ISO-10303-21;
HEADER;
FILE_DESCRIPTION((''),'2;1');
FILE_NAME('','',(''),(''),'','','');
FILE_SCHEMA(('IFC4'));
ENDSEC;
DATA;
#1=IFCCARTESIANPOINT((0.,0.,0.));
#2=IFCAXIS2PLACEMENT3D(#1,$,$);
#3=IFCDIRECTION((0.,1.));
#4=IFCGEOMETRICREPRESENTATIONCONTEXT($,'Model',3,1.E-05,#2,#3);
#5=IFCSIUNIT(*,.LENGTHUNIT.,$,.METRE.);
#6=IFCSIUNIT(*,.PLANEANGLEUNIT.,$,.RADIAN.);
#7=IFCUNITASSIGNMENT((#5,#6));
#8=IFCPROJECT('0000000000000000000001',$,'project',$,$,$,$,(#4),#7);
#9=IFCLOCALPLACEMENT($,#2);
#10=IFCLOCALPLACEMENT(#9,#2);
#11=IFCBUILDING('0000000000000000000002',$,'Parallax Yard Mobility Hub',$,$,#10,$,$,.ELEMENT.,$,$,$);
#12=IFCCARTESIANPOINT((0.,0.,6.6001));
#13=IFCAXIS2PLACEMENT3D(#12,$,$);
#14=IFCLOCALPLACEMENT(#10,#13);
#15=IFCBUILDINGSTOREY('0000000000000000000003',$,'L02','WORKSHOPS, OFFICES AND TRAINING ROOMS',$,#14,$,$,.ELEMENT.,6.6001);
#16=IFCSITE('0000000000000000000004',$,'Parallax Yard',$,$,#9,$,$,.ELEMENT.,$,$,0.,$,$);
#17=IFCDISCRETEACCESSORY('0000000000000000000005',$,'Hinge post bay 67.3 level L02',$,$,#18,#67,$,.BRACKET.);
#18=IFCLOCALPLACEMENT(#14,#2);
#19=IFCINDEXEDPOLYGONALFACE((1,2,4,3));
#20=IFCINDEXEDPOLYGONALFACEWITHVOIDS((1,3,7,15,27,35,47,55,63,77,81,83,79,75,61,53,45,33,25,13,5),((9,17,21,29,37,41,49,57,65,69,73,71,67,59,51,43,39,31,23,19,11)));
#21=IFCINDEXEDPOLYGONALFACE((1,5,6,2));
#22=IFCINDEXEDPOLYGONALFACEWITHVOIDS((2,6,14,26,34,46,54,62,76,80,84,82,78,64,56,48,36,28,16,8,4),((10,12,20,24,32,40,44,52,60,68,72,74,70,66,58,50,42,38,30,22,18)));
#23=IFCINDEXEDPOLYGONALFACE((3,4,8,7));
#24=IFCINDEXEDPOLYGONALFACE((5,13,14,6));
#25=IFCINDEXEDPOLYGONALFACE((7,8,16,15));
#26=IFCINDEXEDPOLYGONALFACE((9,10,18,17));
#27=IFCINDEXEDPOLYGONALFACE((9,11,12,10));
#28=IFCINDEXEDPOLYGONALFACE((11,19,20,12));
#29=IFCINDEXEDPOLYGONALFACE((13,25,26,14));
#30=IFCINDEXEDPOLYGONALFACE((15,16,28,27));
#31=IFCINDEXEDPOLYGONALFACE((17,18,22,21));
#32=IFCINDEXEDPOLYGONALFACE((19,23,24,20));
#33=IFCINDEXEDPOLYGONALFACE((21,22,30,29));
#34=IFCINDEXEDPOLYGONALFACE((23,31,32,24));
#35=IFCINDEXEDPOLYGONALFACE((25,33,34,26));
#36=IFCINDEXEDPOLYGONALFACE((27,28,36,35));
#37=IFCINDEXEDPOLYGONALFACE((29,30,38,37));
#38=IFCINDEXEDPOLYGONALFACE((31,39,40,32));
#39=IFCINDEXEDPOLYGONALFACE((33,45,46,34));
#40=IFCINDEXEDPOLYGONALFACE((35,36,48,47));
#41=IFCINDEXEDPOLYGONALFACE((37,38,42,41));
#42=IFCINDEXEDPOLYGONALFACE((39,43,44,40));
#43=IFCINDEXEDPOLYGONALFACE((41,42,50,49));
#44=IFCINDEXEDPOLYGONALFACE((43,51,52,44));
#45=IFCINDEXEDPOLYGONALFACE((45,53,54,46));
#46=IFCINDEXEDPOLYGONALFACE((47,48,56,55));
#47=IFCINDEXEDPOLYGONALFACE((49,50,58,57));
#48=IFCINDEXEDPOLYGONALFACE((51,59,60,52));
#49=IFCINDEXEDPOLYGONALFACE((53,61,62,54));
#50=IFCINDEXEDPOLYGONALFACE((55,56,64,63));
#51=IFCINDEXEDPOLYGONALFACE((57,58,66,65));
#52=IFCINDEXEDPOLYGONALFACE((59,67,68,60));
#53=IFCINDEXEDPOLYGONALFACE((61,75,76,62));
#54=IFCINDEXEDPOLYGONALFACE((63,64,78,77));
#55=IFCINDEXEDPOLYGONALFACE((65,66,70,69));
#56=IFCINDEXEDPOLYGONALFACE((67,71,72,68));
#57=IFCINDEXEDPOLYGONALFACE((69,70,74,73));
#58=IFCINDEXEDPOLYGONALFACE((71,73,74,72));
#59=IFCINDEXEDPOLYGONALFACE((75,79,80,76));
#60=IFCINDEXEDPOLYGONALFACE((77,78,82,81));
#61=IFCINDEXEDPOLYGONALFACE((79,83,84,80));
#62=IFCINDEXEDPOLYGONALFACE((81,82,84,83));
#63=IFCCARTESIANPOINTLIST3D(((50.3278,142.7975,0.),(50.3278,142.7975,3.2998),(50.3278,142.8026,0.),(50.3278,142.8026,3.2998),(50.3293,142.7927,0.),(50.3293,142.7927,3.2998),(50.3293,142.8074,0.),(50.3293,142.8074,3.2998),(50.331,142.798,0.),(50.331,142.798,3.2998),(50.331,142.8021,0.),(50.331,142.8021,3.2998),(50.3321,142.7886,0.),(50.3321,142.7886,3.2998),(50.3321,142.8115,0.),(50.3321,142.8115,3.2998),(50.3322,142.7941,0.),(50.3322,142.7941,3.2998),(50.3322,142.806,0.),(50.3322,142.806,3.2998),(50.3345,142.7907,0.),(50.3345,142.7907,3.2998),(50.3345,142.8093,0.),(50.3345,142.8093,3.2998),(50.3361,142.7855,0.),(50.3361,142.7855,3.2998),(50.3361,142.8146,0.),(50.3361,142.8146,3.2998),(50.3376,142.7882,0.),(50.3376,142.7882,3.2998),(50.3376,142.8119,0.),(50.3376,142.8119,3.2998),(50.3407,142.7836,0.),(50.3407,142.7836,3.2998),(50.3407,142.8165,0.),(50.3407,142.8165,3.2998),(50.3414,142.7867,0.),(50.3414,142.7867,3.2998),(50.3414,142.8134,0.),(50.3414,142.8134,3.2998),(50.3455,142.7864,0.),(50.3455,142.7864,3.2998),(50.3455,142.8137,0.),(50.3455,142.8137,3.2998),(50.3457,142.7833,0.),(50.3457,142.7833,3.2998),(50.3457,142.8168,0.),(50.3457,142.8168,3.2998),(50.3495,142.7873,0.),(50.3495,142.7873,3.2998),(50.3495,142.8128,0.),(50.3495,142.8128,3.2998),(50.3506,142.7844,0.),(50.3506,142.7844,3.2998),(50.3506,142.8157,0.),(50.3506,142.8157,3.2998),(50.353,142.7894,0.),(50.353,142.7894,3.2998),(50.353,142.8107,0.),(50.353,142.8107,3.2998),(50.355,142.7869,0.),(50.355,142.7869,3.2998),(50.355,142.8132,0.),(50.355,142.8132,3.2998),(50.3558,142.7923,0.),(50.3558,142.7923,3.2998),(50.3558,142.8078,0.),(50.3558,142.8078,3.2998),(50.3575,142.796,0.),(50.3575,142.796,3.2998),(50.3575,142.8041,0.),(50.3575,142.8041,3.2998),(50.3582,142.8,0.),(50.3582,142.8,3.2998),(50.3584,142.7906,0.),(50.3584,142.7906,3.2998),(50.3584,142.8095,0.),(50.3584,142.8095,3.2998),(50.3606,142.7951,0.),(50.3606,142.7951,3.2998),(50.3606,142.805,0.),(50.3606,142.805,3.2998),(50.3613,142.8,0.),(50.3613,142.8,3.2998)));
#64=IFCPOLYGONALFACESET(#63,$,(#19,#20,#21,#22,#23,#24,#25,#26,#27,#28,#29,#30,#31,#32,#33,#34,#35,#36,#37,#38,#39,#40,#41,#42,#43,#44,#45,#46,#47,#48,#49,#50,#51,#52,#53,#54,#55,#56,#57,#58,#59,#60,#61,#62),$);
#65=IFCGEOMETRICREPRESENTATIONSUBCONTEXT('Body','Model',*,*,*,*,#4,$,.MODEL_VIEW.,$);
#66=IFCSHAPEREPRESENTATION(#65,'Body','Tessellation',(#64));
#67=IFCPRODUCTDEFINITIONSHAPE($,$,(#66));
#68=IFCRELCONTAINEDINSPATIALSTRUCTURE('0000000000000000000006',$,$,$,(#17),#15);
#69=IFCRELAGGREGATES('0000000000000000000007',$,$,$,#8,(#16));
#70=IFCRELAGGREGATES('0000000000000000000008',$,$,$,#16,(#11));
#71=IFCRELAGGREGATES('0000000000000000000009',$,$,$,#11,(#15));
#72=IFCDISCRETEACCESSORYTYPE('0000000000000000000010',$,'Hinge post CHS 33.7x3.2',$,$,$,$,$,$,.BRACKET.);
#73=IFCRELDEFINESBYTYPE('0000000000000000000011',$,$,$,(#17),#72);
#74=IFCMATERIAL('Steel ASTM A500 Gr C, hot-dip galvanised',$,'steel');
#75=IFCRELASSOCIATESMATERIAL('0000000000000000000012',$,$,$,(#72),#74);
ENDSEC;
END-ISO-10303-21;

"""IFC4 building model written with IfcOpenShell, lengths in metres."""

from ifc_helpers import new_model, si_unit, direction, frame, origin, origin_2d, place, context, subcontext, project, spatial, hollow_circle, extrude, material, material_profile, profile_set, type_object, element, save


model = new_model("IFC4")

# Units and contexts
model_context = context("Model", 3, precision=1e-05, world=origin(), true_north=direction((0.0, 1.0)))
body_context = subcontext(model_context, "Body", "Model", "MODEL_VIEW")
ifc_project = project(units=[si_unit("LENGTHUNIT", "METRE"), si_unit("PLANEANGLEUNIT", "RADIAN")], contexts=[model_context])

# Site, building, storey
site_placement = place(None, origin())
site = spatial("IfcSite", under=ifc_project, at=site_placement, Name="Parallax Yard", CompositionType="ELEMENT", RefElevation=0.0)
building_placement = place(site_placement, origin())
building = spatial("IfcBuilding", under=site, at=building_placement, Name="Parallax Yard Mobility Hub", CompositionType="ELEMENT")
storey_placement = place(building_placement, frame((0.0, 0.0, 6.6001)))
storey = spatial("IfcBuildingStorey", under=building, at=storey_placement, Name="L02", Description="WORKSHOPS, OFFICES AND TRAINING ROOMS", CompositionType="ELEMENT", Elevation=6.6001)

# Discrete accessory
ifc_material_1 = material(Name="Steel ASTM A500 Gr C, hot-dip galvanised", Category="steel")
ifc_material_profile_1 = material_profile(ifc_material_1, hollow_circle(Radius=0.0168, WallThickness=0.0032, at=origin_2d()), Name="CHS 33.7x3.2")
ifc_profile_set_1 = profile_set([ifc_material_profile_1], Name="Steel ASTM A500 Gr C, hot-dip galvanised")
discrete_accessory_type_1 = type_object("IfcDiscreteAccessoryType", Name="Hinge post CHS 33.7x3.2", PredefinedType="BRACKET", material=ifc_profile_set_1)
for number, where, z_axis, x_axis, name in (
    (1, (50.3445, 142.8, 0.0), (0.0, 0.0, 1.0), (1.0, 0.0, 0.0), "Hinge post bay 67.3 level L02"),
):
    element("IfcDiscreteAccessory", number, at=place(storey_placement, frame(where, z_axis=z_axis, x_axis=x_axis)), inside=storey, type_object=discrete_accessory_type_1, Name=name, PredefinedType="BRACKET", context=body_context, shape_type="SweptSolid", body=[
        extrude(hollow_circle(Radius=0.0168, WallThickness=0.0032, at=origin_2d()), origin(), (0.0, 0.0, 1.0), 3.2998),
    ])

save(model, "model.ifc")
